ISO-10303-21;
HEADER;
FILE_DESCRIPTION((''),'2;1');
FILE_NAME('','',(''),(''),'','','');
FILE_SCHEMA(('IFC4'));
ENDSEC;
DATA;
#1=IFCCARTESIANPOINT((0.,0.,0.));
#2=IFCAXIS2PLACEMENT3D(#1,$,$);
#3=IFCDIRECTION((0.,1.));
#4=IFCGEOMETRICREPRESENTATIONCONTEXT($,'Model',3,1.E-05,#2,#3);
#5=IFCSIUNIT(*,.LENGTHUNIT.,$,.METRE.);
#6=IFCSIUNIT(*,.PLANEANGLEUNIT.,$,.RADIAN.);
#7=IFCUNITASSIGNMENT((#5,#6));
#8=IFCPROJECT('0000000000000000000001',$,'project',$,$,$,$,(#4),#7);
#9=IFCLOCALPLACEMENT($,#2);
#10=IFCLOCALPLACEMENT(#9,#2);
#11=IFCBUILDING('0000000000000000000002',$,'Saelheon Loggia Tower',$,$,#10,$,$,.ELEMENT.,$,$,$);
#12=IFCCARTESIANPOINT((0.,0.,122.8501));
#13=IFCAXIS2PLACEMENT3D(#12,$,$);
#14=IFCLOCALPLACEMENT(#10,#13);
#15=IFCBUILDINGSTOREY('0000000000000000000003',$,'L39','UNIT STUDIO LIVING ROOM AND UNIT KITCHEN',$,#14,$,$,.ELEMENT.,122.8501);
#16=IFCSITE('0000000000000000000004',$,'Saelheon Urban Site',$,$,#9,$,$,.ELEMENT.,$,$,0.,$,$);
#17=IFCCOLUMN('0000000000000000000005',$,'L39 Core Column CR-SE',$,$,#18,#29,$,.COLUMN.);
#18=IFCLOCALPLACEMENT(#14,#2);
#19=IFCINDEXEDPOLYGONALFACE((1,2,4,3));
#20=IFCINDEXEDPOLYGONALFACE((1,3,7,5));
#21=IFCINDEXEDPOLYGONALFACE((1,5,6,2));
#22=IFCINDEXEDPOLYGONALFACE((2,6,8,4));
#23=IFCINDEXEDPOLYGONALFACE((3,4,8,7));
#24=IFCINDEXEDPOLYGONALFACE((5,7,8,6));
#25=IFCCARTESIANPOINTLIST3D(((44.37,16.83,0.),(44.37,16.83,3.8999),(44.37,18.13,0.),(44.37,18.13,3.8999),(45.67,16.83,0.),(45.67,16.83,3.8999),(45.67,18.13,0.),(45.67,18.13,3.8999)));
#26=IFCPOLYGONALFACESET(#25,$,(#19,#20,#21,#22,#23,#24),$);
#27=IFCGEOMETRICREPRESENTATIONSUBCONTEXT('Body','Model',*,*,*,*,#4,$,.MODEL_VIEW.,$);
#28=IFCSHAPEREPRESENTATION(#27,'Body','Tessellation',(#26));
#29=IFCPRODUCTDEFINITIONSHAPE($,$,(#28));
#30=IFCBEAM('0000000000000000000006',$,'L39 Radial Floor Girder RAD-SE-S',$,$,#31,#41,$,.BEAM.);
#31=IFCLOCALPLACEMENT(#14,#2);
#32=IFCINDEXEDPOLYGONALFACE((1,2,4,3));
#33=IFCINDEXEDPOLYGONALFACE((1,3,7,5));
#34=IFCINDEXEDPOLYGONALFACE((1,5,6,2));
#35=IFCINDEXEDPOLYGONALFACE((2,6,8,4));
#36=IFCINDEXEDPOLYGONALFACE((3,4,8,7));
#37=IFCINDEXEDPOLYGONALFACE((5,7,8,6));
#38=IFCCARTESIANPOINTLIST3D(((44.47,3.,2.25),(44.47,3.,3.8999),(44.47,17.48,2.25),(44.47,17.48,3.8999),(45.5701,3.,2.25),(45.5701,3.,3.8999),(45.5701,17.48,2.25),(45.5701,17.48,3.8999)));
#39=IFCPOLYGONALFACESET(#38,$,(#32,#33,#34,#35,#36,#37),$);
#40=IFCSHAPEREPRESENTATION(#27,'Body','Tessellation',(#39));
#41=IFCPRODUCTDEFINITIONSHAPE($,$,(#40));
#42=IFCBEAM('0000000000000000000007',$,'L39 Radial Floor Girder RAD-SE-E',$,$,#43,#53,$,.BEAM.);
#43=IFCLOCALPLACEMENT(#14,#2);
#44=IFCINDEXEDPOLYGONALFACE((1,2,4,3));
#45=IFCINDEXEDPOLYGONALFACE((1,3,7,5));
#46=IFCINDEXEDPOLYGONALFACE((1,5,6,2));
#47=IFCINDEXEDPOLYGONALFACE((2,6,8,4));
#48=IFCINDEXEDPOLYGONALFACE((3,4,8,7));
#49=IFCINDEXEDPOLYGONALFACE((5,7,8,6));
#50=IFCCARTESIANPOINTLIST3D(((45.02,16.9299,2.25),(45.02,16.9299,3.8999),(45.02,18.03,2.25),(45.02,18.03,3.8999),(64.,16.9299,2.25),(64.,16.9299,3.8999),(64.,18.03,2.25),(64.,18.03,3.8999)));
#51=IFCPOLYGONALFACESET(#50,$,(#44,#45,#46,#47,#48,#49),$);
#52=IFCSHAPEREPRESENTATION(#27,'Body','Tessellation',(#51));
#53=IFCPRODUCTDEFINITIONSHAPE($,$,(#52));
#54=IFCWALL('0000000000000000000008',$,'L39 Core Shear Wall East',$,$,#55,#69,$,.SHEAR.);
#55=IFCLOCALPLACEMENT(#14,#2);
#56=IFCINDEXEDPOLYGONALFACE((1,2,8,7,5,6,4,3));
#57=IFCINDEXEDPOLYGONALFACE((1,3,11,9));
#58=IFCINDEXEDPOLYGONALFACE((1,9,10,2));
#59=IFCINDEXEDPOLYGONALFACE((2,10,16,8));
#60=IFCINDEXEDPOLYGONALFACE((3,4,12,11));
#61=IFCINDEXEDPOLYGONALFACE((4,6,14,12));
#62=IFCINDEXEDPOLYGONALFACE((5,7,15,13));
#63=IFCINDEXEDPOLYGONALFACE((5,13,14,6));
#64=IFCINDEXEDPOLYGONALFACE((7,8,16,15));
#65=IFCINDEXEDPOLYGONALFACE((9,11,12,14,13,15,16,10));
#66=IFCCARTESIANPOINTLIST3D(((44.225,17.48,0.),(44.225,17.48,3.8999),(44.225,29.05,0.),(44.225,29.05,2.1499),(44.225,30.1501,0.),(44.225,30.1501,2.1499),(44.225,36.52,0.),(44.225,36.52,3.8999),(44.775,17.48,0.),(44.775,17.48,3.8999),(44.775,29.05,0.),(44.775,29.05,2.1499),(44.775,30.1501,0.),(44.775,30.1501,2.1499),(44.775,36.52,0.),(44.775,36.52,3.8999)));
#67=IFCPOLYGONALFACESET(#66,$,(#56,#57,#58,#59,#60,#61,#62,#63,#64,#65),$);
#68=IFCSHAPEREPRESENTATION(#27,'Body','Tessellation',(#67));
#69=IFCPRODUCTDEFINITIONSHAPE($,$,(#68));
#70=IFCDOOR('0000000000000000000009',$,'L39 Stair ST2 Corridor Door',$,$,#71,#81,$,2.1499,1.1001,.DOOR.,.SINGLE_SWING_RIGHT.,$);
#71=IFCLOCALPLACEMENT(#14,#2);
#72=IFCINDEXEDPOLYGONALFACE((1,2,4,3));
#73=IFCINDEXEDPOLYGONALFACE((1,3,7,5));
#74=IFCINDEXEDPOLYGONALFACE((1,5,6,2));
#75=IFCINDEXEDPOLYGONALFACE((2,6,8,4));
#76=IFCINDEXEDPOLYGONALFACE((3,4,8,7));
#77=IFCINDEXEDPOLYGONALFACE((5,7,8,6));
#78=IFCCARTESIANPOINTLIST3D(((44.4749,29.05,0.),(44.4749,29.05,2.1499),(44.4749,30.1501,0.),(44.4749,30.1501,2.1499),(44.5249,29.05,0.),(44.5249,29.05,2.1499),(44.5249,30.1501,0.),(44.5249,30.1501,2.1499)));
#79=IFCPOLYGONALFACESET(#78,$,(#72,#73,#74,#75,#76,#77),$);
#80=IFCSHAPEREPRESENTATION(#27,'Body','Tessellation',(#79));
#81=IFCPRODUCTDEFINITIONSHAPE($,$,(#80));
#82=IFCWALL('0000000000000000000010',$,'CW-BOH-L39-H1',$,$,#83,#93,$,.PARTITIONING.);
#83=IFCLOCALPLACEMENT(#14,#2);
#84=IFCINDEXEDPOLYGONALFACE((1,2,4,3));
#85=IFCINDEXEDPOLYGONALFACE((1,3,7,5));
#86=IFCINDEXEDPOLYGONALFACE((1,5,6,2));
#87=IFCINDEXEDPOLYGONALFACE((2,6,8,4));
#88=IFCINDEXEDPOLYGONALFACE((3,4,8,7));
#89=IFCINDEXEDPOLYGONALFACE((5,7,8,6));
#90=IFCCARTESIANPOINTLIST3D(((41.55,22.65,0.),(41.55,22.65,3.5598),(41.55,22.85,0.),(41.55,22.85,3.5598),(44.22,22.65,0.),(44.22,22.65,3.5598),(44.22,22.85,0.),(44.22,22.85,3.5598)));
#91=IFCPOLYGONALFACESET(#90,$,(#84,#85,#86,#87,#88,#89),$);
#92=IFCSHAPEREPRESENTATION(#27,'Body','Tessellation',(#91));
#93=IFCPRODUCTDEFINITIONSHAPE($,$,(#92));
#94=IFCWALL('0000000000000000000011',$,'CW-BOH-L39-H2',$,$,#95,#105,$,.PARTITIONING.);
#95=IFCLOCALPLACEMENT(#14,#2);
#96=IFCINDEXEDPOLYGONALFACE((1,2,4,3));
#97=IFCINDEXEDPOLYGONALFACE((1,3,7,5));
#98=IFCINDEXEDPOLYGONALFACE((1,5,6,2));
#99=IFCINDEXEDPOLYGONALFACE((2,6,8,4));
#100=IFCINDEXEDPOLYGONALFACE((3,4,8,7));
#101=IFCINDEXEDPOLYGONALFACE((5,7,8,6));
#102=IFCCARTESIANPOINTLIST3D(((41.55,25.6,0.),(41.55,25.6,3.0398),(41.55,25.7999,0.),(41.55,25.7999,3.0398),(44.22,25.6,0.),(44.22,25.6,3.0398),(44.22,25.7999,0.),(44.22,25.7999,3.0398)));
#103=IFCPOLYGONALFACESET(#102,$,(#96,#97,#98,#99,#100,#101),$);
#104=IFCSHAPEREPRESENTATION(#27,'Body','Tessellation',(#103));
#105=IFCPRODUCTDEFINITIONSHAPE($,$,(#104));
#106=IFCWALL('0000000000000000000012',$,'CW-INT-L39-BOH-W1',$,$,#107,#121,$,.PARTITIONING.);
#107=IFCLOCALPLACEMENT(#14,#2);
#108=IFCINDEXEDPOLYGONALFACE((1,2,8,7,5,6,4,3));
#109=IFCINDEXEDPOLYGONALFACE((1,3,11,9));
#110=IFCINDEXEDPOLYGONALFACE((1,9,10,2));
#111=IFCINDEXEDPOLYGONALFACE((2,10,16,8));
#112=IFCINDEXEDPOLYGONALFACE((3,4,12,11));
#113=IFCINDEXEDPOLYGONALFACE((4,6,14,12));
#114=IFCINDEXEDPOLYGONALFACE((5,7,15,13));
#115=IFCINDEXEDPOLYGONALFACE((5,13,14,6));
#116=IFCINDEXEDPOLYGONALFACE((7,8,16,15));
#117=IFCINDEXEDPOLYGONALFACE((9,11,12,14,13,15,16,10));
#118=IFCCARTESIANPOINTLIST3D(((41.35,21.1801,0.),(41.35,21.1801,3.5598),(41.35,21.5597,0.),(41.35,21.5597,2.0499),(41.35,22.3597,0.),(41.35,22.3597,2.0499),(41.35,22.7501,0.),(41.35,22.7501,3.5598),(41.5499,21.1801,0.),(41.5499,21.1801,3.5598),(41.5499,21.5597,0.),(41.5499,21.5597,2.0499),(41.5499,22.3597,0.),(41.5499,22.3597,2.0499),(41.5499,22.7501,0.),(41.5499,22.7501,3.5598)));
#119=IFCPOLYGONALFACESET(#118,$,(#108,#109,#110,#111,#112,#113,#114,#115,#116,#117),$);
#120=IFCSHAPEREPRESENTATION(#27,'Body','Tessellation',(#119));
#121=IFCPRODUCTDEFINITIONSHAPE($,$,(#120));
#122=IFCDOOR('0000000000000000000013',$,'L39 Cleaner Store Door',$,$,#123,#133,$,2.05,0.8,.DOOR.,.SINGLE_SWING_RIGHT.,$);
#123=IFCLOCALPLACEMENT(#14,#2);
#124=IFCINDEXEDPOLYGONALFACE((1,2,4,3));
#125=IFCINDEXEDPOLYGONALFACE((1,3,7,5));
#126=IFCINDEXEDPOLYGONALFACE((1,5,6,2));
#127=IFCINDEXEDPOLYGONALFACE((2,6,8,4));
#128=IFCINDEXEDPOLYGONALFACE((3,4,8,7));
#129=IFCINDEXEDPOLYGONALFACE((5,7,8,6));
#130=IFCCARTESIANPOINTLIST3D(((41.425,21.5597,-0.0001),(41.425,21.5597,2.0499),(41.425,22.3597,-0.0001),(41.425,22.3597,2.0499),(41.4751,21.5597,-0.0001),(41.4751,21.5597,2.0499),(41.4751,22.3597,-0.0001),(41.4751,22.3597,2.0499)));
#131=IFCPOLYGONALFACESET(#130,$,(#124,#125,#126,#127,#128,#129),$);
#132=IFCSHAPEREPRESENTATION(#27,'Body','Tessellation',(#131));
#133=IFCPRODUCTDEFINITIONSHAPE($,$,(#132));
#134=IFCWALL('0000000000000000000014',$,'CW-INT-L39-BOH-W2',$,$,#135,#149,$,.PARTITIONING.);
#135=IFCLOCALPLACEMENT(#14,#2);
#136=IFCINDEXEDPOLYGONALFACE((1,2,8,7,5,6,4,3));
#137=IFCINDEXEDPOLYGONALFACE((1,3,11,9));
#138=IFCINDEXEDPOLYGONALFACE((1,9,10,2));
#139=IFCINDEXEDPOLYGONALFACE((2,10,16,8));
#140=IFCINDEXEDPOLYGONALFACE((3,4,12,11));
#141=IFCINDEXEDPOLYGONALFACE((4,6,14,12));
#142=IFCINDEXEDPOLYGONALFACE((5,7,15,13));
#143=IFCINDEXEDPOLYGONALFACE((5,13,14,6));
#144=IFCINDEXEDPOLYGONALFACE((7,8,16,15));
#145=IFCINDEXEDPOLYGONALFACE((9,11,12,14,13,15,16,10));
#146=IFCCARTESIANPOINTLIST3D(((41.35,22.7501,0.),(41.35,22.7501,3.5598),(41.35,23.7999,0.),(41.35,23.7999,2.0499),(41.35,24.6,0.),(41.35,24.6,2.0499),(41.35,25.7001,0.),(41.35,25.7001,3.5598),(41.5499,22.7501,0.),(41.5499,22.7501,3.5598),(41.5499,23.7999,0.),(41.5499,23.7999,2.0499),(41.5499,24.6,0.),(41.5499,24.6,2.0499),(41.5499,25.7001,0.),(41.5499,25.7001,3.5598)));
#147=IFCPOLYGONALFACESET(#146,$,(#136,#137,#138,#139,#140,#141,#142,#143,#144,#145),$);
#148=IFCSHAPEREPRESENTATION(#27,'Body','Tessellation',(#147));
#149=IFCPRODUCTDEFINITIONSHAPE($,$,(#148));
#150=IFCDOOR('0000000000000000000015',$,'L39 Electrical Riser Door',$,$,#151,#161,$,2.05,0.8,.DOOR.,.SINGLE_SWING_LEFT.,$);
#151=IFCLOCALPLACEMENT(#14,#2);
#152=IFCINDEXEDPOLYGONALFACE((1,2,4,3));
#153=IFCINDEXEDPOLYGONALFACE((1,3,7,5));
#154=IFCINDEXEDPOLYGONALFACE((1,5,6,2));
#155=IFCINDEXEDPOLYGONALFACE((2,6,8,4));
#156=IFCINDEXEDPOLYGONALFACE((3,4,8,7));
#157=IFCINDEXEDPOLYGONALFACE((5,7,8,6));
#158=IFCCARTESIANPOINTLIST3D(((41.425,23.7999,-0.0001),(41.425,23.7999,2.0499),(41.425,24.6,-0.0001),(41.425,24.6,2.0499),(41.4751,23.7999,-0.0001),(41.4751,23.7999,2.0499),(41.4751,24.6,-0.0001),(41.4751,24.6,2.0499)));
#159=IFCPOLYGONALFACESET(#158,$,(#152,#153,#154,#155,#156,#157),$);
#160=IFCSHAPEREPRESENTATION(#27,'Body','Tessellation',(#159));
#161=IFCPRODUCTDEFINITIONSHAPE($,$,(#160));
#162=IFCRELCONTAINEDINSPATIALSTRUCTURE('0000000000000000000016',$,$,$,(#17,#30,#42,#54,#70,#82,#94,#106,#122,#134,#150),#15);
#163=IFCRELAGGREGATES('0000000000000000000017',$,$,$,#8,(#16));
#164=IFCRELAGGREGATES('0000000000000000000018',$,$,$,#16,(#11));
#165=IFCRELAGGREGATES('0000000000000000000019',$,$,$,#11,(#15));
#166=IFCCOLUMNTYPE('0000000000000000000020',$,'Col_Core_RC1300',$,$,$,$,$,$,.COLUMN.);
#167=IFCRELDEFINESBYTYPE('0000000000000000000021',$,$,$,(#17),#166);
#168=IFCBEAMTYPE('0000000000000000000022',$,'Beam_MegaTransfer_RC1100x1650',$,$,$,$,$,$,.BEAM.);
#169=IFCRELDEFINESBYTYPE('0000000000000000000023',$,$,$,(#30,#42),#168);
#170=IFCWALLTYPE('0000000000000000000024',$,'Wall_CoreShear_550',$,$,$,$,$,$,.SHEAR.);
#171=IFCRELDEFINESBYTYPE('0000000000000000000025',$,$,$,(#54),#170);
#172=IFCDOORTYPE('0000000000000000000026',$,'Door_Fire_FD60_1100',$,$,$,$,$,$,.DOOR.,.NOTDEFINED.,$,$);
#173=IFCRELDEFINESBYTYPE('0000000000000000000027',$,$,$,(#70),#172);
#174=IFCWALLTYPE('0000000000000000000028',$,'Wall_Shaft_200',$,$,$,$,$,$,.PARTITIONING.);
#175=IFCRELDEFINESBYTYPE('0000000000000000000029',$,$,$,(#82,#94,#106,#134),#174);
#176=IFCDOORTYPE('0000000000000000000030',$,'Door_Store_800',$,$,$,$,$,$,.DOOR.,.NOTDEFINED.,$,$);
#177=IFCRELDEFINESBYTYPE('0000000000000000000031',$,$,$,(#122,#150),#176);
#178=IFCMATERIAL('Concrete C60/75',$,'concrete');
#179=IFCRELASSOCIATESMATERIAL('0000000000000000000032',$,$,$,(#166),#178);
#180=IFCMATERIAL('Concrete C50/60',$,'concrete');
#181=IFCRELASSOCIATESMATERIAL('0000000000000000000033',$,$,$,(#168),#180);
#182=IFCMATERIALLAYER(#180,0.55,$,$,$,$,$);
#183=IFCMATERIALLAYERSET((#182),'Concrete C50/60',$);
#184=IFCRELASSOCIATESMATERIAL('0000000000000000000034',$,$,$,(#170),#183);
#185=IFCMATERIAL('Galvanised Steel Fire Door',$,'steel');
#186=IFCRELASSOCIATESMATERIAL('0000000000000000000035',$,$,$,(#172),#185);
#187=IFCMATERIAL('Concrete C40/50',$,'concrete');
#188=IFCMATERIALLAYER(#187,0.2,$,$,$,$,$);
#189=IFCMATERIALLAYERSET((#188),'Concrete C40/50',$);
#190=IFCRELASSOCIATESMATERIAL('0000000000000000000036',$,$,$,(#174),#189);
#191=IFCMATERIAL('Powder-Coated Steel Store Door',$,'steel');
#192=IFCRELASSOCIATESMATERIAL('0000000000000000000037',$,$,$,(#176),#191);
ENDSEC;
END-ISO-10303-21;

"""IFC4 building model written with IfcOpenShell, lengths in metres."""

from ifc_helpers import new_model, si_unit, direction, frame, frame_2d, origin, origin_2d, place, context, subcontext, project, spatial, rectangle, extrude, source, transform, mapped, material, layer, layer_set, material_profile, profile_set, type_object, element, fill, save


model = new_model("IFC4")

# Units and contexts
model_context = context("Model", 3, precision=1e-05, world=origin(), true_north=direction((0.0, 1.0)))
body_context = subcontext(model_context, "Body", "Model", "MODEL_VIEW")
ifc_project = project(units=[si_unit("LENGTHUNIT", "METRE"), si_unit("PLANEANGLEUNIT", "RADIAN")], contexts=[model_context])

# Site, building, storey
site_placement = place(None, origin())
site = spatial("IfcSite", under=ifc_project, at=site_placement, Name="Saelheon Urban Site", CompositionType="ELEMENT", RefElevation=0.0)
building_placement = place(site_placement, origin())
building = spatial("IfcBuilding", under=site, at=building_placement, Name="Saelheon Loggia Tower", CompositionType="ELEMENT")
storey_placement = place(building_placement, frame((0.0, 0.0, 122.8501)))
storey = spatial("IfcBuildingStorey", under=building, at=storey_placement, Name="L39", Description="UNIT STUDIO LIVING ROOM AND UNIT KITCHEN", CompositionType="ELEMENT", Elevation=122.8501)

# Column
ifc_material_1 = material(Name="Concrete C60/75", Category="concrete")
ifc_material_profile_1 = material_profile(ifc_material_1, rectangle(XDim=1.3, YDim=1.3, at=origin_2d()), Name="RC-1300x1300")
ifc_profile_set_1 = profile_set([ifc_material_profile_1], Name="Concrete C60/75")
column_type = type_object("IfcColumnType", Name="Col_Core_RC1300", PredefinedType="COLUMN", material=ifc_profile_set_1)
shared_shape_1 = source(origin(), body_context, "Body", "SweptSolid", [
    extrude(rectangle(XDim=1.3, YDim=1.3, at=origin_2d()), origin(), (0.0, 0.0, 1.0), 3.8999),
])
column_placement = place(storey_placement, frame((45.02, 17.48, 0.0), z_axis=(0.0, 0.0, 1.0), x_axis=(1.0, 0.0, 0.0)))
element("IfcColumn", 1, at=column_placement, inside=storey, type_object=column_type, Name="L39 Core Column CR-SE", PredefinedType="COLUMN", context=body_context, shape_type="MappedRepresentation", body=[
    mapped(shared_shape_1, transform((0.0, 0.0, 0.0), scale=1.0)),
])

# Beams
ifc_material_2 = material(Name="Concrete C50/60", Category="concrete")
ifc_material_profile_2 = material_profile(ifc_material_2, rectangle(XDim=1.1001, YDim=1.6499, at=origin_2d()), Name="RC-1100x1650")
ifc_profile_set_2 = profile_set([ifc_material_profile_2], Name="Concrete C50/60")
beam_type = type_object("IfcBeamType", Name="Beam_MegaTransfer_RC1100x1650", PredefinedType="BEAM", material=ifc_profile_set_2)
shared_shape_2 = source(origin(), body_context, "Body", "SweptSolid", [
    extrude(rectangle(XDim=1.1001, YDim=1.6499, at=origin_2d()), origin(), (0.0, 0.0, 1.0), 14.48),
])
beam_1_placement = place(storey_placement, frame((45.02, 17.48, 3.075), z_axis=(0.0, -1.0, 0.0), x_axis=(1.0, 0.0, 0.0)))
element("IfcBeam", 2, at=beam_1_placement, inside=storey, type_object=beam_type, Name="L39 Radial Floor Girder RAD-SE-S", PredefinedType="BEAM", context=body_context, shape_type="MappedRepresentation", body=[
    mapped(shared_shape_2, transform((0.0, 0.0, 0.0), scale=1.0)),
])
shared_shape_3 = source(origin(), body_context, "Body", "SweptSolid", [
    extrude(rectangle(XDim=1.1001, YDim=1.6499, at=origin_2d()), origin(), (0.0, 0.0, 1.0), 18.98),
])
beam_2_placement = place(storey_placement, frame((45.02, 17.48, 3.075), z_axis=(1.0, 0.0, 0.0), x_axis=(0.0, 1.0, 0.0)))
element("IfcBeam", 3, at=beam_2_placement, inside=storey, type_object=beam_type, Name="L39 Radial Floor Girder RAD-SE-E", PredefinedType="BEAM", context=body_context, shape_type="MappedRepresentation", body=[
    mapped(shared_shape_3, transform((0.0, 0.0, 0.0), scale=1.0)),
])

# Wall, opening, door
ifc_layer_1 = layer(ifc_material_2, 0.55)
ifc_layer_set_1 = layer_set([ifc_layer_1], Name="Concrete C50/60")
wall_type_1 = type_object("IfcWallType", Name="Wall_CoreShear_550", PredefinedType="SHEAR", material=ifc_layer_set_1)
wall_1_placement = place(storey_placement, frame((44.5, 17.48, 0.0), z_axis=(0.0, 0.0, 1.0), x_axis=(0.0, 1.0, 0.0)))
wall_1 = element("IfcWall", 4, at=wall_1_placement, inside=storey, type_object=wall_type_1, Name="L39 Core Shear Wall East", PredefinedType="SHEAR", context=body_context, shape_type="SweptSolid", body=[
    extrude(rectangle(XDim=19.04, YDim=0.55, at=frame_2d((9.52, 0.0))), origin(), (0.0, 0.0, 1.0), 3.8999),
])
opening_1_placement = place(wall_1_placement, frame((12.6702, 0.0, 0.0), z_axis=(0.0, 0.0, 1.0), x_axis=(-1.0, 0.0, 0.0)))
opening_1 = element("IfcOpeningElement", 5, at=opening_1_placement, cuts=wall_1, PredefinedType="OPENING", context=body_context, shape_type="SweptSolid", body=[
    extrude(rectangle(XDim=1.1001, YDim=2.1499, at=frame_2d((0.55, 1.075))), frame((0.0, 0.2871, 0.0), z_axis=(0.0, -1.0, 0.0), x_axis=(1.0, 0.0, 0.0)), (0.0, 0.0, 1.0), 0.574),
])
ifc_material_3 = material(Name="Galvanised Steel Fire Door", Category="steel")
door_type_1 = type_object("IfcDoorType", Name="Door_Fire_FD60_1100", OperationType="NOTDEFINED", PredefinedType="DOOR", material=ifc_material_3)
shared_shape_4 = source(origin(), body_context, "Body", "SweptSolid", [
    extrude(rectangle(XDim=1.1001, YDim=2.1499, at=frame_2d((0.55, 1.075))), frame((0.0, 0.0249, 0.0), z_axis=(0.0, -1.0, 0.0), x_axis=(1.0, 0.0, 0.0)), (0.0, 0.0, 1.0), 0.05),
])
door_1_placement = place(opening_1_placement, origin())
door_1 = element("IfcDoor", 6, at=door_1_placement, inside=storey, type_object=door_type_1, Name="L39 Stair ST2 Corridor Door", OperationType="SINGLE_SWING_RIGHT", OverallHeight=2.1499, OverallWidth=1.1001, PredefinedType="DOOR", context=body_context, shape_type="MappedRepresentation", body=[
    mapped(shared_shape_4, transform((0.0, 0.0, 0.0), scale=1.0)),
])
fill(opening_1, door_1)

# Walls
ifc_material_4 = material(Name="Concrete C40/50", Category="concrete")
ifc_layer_2 = layer(ifc_material_4, 0.2)
ifc_layer_set_2 = layer_set([ifc_layer_2], Name="Concrete C40/50")
wall_type_2 = type_object("IfcWallType", Name="Wall_Shaft_200", PredefinedType="PARTITIONING", material=ifc_layer_set_2)
wall_2_placement = place(storey_placement, frame((41.55, 22.75, 0.0), z_axis=(0.0, 0.0, 1.0), x_axis=(1.0, 0.0, 0.0)))
element("IfcWall", 7, at=wall_2_placement, inside=storey, type_object=wall_type_2, Name="CW-BOH-L39-H1", PredefinedType="PARTITIONING", context=body_context, shape_type="SweptSolid", body=[
    extrude(rectangle(XDim=2.6699, YDim=0.2, at=frame_2d((1.335, 0.0))), origin(), (0.0, 0.0, 1.0), 3.5598),
])
wall_3_placement = place(storey_placement, frame((41.55, 25.7, 0.0), z_axis=(0.0, 0.0, 1.0), x_axis=(1.0, 0.0, 0.0)))
element("IfcWall", 8, at=wall_3_placement, inside=storey, type_object=wall_type_2, Name="CW-BOH-L39-H2", PredefinedType="PARTITIONING", context=body_context, shape_type="SweptSolid", body=[
    extrude(rectangle(XDim=2.6699, YDim=0.2, at=frame_2d((1.335, 0.0))), origin(), (0.0, 0.0, 1.0), 3.0398),
])

# Walls, openings, doors
wall_4_placement = place(storey_placement, frame((41.45, 21.1799, 0.0), z_axis=(0.0, 0.0, 1.0), x_axis=(0.0, 1.0, 0.0)))
wall_4 = element("IfcWall", 9, at=wall_4_placement, inside=storey, type_object=wall_type_2, Name="CW-INT-L39-BOH-W1", PredefinedType="PARTITIONING", context=body_context, shape_type="SweptSolid", body=[
    extrude(rectangle(XDim=1.5701, YDim=0.2, at=frame_2d((0.7852, 0.0))), origin(), (0.0, 0.0, 1.0), 3.5598),
])
opening_2_placement = place(wall_4_placement, frame((0.3799, 0.0, 0.0)))
opening_2 = element("IfcOpeningElement", 10, at=opening_2_placement, cuts=wall_4, PredefinedType="OPENING", context=body_context, shape_type="SweptSolid", body=[
    extrude(rectangle(XDim=0.8, YDim=2.05, at=frame_2d((0.3999, 1.0249))), frame((0.0, 0.1121, 0.0), z_axis=(0.0, -1.0, 0.0), x_axis=(1.0, 0.0, 0.0)), (0.0, 0.0, 1.0), 0.2239),
])
ifc_material_5 = material(Name="Powder-Coated Steel Store Door", Category="steel")
door_type_2 = type_object("IfcDoorType", Name="Door_Store_800", OperationType="NOTDEFINED", PredefinedType="DOOR", material=ifc_material_5)
shared_shape_5 = source(origin(), body_context, "Body", "SweptSolid", [
    extrude(rectangle(XDim=0.8, YDim=2.05, at=frame_2d((0.3999, 1.0249))), frame((0.0, 0.0249, 0.0), z_axis=(0.0, -1.0, 0.0), x_axis=(1.0, 0.0, 0.0)), (0.0, 0.0, 1.0), 0.05),
])
door_2_placement = place(opening_2_placement, origin())
door_2 = element("IfcDoor", 11, at=door_2_placement, inside=storey, type_object=door_type_2, Name="L39 Cleaner Store Door", OperationType="SINGLE_SWING_RIGHT", OverallHeight=2.05, OverallWidth=0.8, PredefinedType="DOOR", context=body_context, shape_type="MappedRepresentation", body=[
    mapped(shared_shape_5, transform((0.0, 0.0, 0.0), scale=1.0)),
])
fill(opening_2, door_2)
wall_5_placement = place(storey_placement, frame((41.45, 22.75, 0.0), z_axis=(0.0, 0.0, 1.0), x_axis=(0.0, 1.0, 0.0)))
wall_5 = element("IfcWall", 12, at=wall_5_placement, inside=storey, type_object=wall_type_2, Name="CW-INT-L39-BOH-W2", PredefinedType="PARTITIONING", context=body_context, shape_type="SweptSolid", body=[
    extrude(rectangle(XDim=2.95, YDim=0.2, at=frame_2d((1.4751, 0.0))), origin(), (0.0, 0.0, 1.0), 3.5598),
])
opening_3_placement = place(wall_5_placement, frame((1.05, 0.0, 0.0)))
opening_3 = element("IfcOpeningElement", 13, at=opening_3_placement, cuts=wall_5, PredefinedType="OPENING", context=body_context, shape_type="SweptSolid", body=[
    extrude(rectangle(XDim=0.8, YDim=2.05, at=frame_2d((0.3999, 1.0249))), frame((0.0, 0.1121, 0.0), z_axis=(0.0, -1.0, 0.0), x_axis=(1.0, 0.0, 0.0)), (0.0, 0.0, 1.0), 0.2239),
])
door_3_placement = place(opening_3_placement, origin())
door_3 = element("IfcDoor", 14, at=door_3_placement, inside=storey, type_object=door_type_2, Name="L39 Electrical Riser Door", OperationType="SINGLE_SWING_LEFT", OverallHeight=2.05, OverallWidth=0.8, PredefinedType="DOOR", context=body_context, shape_type="MappedRepresentation", body=[
    mapped(shared_shape_5, transform((0.0, 0.0, 0.0), scale=1.0)),
])
fill(opening_3, door_3)

save(model, "model.ifc")
